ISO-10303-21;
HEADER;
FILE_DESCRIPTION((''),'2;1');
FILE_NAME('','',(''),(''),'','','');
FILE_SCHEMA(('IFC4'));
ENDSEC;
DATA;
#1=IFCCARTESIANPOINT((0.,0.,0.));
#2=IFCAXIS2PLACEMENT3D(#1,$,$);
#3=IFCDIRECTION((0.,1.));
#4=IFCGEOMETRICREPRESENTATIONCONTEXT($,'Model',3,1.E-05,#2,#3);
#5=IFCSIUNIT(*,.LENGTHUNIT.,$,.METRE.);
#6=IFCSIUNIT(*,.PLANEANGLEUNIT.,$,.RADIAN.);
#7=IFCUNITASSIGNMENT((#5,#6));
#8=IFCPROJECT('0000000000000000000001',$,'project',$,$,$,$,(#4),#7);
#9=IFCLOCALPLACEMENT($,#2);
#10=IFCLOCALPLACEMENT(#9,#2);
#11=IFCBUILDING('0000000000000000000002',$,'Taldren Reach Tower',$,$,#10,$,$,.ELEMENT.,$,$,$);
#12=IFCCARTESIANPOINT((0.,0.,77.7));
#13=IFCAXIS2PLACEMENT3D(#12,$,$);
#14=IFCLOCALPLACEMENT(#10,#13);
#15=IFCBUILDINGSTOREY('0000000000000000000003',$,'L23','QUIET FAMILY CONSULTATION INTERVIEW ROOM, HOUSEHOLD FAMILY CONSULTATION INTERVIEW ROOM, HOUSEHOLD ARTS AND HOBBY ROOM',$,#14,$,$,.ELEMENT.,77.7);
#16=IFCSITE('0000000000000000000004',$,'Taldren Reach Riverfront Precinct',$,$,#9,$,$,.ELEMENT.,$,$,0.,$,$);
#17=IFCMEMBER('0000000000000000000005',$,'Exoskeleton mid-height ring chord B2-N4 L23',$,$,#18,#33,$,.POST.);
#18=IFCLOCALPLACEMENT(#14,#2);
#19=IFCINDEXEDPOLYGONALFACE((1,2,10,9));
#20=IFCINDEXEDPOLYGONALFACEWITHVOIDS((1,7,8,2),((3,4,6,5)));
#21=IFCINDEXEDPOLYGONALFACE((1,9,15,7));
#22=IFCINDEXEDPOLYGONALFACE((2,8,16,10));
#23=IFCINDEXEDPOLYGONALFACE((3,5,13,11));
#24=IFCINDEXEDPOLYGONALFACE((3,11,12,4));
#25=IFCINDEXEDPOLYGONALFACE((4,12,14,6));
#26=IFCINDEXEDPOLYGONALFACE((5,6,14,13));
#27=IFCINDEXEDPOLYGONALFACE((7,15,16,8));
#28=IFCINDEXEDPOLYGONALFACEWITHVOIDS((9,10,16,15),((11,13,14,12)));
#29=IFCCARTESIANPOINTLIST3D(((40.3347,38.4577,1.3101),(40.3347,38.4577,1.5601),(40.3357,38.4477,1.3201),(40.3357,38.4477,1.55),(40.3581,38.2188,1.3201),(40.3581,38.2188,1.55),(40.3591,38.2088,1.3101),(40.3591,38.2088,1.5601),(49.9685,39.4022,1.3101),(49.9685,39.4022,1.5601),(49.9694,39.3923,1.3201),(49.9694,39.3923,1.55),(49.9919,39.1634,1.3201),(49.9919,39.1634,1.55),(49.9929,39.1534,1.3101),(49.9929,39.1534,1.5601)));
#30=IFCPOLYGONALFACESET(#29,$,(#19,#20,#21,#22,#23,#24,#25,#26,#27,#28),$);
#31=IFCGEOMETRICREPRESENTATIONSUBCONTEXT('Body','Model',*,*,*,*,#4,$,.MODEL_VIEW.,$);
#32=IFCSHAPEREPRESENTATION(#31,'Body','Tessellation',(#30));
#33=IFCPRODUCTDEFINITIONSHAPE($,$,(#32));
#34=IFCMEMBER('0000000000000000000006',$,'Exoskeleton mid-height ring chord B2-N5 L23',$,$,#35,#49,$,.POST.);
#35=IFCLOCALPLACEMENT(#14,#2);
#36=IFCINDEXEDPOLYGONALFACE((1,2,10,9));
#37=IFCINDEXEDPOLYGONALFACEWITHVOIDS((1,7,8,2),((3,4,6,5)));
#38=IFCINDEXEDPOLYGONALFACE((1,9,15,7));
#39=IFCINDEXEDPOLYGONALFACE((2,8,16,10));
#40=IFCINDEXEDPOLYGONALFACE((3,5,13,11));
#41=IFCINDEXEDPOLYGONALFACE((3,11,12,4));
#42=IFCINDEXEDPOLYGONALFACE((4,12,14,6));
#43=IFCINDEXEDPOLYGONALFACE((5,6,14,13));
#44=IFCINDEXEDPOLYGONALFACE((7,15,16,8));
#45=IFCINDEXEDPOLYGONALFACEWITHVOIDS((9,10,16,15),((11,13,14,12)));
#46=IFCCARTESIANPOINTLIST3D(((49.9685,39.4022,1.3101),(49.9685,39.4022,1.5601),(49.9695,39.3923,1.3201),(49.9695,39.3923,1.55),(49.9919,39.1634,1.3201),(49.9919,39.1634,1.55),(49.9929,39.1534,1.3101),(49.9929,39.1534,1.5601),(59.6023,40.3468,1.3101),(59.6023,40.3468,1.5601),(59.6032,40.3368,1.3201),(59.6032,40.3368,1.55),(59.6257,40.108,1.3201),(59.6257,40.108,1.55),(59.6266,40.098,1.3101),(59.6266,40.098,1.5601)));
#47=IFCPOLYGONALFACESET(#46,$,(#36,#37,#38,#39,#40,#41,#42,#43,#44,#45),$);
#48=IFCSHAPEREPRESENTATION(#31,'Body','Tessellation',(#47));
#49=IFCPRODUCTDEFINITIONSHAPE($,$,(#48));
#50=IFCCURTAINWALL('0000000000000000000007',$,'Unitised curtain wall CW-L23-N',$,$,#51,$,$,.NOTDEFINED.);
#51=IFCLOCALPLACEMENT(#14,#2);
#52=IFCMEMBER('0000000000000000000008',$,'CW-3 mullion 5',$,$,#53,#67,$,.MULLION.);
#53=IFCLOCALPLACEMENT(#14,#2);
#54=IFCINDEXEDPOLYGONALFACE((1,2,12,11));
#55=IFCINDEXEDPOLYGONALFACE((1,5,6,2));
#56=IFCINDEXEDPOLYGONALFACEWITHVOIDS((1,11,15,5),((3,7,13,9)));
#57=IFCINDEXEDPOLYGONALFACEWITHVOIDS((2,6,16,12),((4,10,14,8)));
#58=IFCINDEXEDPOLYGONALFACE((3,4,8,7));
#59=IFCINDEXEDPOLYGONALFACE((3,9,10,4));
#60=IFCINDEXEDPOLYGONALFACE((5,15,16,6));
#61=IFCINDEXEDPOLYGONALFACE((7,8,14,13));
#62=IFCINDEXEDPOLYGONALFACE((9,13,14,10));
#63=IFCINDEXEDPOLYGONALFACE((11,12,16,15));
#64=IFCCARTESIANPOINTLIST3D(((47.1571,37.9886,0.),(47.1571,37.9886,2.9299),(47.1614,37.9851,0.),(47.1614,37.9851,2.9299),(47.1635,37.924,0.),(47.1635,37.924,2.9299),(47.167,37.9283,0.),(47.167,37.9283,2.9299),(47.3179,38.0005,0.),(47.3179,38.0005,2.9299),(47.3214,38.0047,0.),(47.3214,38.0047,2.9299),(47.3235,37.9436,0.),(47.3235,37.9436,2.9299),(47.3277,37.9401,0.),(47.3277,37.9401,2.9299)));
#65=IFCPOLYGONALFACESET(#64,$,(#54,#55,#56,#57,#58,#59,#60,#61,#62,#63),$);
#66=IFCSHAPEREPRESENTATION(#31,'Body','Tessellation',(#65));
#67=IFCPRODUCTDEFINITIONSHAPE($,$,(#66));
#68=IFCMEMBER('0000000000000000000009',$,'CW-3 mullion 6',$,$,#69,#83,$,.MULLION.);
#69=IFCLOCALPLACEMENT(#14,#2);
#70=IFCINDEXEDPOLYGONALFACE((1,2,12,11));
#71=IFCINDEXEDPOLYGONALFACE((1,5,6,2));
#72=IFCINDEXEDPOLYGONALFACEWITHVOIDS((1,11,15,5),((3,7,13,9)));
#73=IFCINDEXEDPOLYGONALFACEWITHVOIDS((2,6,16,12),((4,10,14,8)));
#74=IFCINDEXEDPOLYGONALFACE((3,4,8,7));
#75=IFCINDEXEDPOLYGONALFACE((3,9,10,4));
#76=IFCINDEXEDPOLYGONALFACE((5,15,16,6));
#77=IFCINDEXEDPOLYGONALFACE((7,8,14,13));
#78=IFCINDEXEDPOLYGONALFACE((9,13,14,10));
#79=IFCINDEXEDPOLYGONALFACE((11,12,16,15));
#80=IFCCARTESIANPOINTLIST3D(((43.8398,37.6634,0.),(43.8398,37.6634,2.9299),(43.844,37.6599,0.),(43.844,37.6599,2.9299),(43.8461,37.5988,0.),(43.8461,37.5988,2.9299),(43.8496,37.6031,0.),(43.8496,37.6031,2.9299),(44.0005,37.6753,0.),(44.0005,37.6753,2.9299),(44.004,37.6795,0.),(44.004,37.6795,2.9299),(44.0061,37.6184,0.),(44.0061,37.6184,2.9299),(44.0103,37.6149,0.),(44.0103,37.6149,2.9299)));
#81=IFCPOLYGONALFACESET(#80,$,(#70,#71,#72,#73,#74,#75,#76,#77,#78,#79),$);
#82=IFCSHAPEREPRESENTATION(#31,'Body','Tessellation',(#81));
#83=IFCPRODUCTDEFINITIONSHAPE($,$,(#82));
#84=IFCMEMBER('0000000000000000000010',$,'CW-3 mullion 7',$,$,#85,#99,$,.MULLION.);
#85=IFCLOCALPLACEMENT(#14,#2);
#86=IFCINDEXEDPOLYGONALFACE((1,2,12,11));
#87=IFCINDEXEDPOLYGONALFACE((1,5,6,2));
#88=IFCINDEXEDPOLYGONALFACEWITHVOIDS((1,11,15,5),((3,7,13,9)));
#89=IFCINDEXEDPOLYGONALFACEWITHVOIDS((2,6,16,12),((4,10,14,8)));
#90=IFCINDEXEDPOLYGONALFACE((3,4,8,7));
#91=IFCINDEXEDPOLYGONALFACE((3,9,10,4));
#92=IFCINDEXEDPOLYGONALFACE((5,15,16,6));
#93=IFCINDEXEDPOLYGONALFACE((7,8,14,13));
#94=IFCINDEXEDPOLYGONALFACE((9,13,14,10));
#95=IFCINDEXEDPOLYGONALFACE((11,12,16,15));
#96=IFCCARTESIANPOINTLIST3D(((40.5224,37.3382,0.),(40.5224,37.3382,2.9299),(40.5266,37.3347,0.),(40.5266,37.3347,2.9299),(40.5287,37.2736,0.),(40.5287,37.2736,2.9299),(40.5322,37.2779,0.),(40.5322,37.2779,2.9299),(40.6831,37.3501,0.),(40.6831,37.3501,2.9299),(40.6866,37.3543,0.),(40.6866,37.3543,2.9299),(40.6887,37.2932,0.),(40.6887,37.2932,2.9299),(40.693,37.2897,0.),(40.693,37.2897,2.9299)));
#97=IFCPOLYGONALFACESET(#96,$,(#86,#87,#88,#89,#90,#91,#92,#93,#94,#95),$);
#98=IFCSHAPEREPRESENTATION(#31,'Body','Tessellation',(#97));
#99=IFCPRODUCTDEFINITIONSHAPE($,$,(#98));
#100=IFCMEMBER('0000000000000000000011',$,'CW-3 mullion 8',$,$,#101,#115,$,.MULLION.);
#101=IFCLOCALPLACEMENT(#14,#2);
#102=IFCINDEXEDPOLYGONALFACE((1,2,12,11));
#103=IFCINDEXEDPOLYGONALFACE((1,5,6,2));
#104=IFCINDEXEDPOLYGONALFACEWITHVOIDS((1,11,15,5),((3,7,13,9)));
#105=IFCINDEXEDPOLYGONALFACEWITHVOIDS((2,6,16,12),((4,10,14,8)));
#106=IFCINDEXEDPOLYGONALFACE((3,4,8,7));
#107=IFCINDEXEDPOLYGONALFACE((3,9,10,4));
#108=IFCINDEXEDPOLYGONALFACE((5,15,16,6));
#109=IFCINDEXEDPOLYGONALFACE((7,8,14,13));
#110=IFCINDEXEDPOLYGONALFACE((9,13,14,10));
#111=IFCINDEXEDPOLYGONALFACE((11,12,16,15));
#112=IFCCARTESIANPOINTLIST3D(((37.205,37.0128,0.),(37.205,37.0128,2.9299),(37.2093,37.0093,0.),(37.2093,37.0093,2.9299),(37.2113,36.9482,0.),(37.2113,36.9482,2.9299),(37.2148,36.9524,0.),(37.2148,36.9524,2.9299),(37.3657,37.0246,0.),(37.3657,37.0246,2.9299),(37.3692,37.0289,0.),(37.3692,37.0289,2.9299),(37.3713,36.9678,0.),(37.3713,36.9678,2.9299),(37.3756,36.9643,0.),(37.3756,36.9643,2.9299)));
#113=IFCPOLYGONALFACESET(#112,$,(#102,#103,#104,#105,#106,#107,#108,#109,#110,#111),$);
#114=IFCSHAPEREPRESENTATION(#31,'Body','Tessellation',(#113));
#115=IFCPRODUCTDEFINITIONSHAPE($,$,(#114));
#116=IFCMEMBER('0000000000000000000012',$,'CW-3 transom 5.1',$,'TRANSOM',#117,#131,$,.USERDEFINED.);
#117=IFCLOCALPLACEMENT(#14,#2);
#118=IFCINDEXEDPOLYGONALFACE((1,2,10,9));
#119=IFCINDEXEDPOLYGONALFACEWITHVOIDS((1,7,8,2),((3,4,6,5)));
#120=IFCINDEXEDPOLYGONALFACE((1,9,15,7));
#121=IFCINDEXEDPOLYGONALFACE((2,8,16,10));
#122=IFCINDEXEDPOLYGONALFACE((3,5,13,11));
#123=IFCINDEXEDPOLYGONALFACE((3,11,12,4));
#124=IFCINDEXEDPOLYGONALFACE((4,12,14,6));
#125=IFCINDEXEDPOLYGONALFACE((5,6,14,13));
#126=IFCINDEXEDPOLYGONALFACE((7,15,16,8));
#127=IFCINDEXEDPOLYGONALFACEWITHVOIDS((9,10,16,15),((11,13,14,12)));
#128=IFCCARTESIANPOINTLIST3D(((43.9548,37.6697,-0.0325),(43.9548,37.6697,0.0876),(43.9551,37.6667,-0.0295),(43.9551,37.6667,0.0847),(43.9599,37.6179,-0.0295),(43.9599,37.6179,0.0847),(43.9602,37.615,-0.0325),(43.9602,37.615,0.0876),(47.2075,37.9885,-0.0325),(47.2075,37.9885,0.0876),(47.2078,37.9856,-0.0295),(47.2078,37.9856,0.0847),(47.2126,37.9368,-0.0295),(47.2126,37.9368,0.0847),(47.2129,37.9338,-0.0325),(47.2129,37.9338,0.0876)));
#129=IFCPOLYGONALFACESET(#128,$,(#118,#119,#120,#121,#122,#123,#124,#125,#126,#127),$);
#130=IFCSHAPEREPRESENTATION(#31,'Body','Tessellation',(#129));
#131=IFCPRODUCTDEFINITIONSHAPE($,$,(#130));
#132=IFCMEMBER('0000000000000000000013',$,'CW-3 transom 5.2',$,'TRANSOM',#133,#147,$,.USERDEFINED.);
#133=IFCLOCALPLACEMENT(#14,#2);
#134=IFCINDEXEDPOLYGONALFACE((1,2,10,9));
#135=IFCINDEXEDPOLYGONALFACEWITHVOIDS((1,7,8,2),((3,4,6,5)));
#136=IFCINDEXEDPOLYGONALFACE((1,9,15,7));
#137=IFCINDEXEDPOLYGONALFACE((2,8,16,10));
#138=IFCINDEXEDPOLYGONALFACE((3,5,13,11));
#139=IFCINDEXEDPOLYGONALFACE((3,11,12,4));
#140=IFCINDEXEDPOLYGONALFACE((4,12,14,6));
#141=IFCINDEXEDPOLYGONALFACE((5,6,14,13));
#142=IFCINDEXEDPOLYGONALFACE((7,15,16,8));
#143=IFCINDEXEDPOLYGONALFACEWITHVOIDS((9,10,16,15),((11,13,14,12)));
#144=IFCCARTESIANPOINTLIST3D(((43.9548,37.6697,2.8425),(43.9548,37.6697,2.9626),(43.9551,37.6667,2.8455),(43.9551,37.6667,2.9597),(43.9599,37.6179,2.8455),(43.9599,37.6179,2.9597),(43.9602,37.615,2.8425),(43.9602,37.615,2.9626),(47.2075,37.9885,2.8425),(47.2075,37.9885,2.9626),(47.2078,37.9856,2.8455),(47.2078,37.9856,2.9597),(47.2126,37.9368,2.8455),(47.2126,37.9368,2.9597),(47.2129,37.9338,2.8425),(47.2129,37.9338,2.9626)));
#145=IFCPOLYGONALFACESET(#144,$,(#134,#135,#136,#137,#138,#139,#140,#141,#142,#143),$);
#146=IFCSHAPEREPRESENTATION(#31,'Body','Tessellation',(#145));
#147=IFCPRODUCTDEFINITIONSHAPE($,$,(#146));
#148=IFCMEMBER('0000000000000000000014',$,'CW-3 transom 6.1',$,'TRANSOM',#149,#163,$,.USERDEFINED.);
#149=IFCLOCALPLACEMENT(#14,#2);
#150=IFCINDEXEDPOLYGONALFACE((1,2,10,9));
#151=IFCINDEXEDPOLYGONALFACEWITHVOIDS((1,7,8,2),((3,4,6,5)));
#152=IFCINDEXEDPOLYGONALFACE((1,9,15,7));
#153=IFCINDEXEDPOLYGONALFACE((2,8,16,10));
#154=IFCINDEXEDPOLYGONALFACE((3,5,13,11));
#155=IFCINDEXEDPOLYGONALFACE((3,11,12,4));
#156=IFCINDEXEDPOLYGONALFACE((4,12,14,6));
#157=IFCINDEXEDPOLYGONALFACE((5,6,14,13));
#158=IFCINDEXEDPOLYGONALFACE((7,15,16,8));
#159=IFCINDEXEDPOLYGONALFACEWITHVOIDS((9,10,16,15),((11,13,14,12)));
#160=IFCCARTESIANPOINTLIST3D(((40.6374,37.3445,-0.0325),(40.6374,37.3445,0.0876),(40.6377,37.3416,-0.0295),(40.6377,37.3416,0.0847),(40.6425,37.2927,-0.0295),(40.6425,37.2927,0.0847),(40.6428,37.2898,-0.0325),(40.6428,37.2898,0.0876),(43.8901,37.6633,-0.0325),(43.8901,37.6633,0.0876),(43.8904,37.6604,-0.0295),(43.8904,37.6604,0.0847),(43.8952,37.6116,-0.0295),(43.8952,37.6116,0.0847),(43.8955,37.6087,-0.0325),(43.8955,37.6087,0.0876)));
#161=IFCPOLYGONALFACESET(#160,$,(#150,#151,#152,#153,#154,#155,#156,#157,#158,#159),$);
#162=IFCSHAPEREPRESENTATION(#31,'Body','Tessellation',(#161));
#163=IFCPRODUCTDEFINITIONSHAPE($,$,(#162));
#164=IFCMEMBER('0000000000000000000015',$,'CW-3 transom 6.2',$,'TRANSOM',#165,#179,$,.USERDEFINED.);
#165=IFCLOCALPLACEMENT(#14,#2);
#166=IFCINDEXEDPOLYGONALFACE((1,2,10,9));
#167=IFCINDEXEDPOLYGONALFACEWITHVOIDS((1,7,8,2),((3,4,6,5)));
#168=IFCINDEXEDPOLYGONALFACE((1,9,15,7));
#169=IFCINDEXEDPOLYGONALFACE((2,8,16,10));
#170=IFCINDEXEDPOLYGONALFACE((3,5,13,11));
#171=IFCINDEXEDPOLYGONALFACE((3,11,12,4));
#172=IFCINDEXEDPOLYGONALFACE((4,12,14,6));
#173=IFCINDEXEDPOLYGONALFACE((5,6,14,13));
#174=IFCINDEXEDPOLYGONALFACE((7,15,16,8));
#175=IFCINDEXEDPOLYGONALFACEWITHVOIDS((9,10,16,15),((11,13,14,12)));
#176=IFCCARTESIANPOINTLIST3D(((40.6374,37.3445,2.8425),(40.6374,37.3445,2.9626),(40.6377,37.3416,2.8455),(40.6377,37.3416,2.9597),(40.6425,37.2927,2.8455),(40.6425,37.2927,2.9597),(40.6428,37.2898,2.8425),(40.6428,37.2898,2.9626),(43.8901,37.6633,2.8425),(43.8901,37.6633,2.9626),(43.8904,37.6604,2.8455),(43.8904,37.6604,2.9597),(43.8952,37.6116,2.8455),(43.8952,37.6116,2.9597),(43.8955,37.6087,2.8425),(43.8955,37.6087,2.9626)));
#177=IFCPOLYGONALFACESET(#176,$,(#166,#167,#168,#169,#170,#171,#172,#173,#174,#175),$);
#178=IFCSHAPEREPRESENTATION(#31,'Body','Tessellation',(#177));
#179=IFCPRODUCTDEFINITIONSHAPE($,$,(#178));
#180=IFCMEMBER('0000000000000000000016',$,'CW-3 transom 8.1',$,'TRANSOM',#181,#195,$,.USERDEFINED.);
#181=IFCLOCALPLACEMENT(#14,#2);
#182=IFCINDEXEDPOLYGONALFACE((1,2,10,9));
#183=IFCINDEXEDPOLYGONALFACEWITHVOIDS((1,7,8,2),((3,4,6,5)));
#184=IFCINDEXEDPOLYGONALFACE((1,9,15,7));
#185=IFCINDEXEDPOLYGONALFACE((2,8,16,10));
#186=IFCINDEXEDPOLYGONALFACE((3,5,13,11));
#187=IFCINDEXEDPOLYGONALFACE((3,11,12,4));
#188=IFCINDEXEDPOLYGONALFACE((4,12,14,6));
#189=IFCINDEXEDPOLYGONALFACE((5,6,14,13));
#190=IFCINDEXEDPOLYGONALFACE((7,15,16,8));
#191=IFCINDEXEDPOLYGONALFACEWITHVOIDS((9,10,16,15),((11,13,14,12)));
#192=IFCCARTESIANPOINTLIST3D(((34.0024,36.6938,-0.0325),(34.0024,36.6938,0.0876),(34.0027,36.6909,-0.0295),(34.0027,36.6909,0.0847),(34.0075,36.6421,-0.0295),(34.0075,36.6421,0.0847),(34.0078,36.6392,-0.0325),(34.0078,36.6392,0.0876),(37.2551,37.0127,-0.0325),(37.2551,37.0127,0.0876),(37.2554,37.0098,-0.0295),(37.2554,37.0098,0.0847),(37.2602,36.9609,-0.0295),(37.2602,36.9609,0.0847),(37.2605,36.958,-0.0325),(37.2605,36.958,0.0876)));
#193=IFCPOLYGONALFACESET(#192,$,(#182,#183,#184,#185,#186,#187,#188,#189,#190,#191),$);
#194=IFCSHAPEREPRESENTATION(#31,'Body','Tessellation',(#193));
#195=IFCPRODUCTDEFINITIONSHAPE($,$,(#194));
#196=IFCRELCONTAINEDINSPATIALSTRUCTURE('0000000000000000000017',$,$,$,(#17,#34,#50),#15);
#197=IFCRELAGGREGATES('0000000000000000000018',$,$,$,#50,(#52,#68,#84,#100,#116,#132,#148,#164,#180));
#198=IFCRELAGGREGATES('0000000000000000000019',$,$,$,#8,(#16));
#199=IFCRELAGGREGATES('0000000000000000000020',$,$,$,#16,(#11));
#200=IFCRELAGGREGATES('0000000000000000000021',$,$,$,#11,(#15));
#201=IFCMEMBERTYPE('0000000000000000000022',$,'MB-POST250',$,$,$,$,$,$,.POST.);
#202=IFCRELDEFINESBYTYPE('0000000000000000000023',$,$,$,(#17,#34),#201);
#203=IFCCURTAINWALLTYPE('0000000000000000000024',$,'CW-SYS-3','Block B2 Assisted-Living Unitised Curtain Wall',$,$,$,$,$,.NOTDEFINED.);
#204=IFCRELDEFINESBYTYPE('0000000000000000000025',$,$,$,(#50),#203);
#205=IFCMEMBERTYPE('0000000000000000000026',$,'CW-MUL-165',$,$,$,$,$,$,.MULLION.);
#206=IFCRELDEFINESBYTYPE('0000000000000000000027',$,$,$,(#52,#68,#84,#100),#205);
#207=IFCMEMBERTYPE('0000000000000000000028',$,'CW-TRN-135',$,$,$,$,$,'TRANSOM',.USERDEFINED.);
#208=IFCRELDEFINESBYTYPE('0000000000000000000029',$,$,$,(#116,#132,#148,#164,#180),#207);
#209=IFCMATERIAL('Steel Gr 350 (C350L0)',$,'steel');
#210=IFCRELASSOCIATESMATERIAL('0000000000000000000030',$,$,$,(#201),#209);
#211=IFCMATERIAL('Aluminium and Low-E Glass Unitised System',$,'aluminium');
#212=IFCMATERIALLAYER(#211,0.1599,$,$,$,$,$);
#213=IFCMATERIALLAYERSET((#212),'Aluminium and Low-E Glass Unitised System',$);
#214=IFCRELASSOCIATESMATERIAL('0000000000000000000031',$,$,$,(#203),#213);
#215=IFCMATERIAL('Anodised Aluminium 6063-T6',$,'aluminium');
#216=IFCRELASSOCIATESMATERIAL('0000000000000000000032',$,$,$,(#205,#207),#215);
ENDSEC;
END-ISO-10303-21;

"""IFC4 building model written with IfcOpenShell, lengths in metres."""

from ifc_helpers import new_model, si_unit, direction, frame, origin, origin_2d, place, context, subcontext, project, spatial, hollow_rectangle, extrude, source, transform, mapped, material, layer, layer_set, material_profile, profile_set, type_object, element, aggregate, save


model = new_model("IFC4")

# Units and contexts
model_context = context("Model", 3, precision=1e-05, world=origin(), true_north=direction((0.0, 1.0)))
body_context = subcontext(model_context, "Body", "Model", "MODEL_VIEW")
ifc_project = project(units=[si_unit("LENGTHUNIT", "METRE"), si_unit("PLANEANGLEUNIT", "RADIAN")], contexts=[model_context])

# Site, building, storey
site_placement = place(None, origin())
site = spatial("IfcSite", under=ifc_project, at=site_placement, Name="Taldren Reach Riverfront Precinct", CompositionType="ELEMENT", RefElevation=0.0)
building_placement = place(site_placement, origin())
building = spatial("IfcBuilding", under=site, at=building_placement, Name="Taldren Reach Tower", CompositionType="ELEMENT")
storey_placement = place(building_placement, frame((0.0, 0.0, 77.7)))
storey = spatial("IfcBuildingStorey", under=building, at=storey_placement, Name="L23", Description="QUIET FAMILY CONSULTATION INTERVIEW ROOM, HOUSEHOLD FAMILY CONSULTATION INTERVIEW ROOM, HOUSEHOLD ARTS AND HOBBY ROOM", CompositionType="ELEMENT", Elevation=77.7)

# Shared definitions
ifc_material_1 = material(Name="Steel Gr 350 (C350L0)", Category="steel")
ifc_material_profile_1 = material_profile(ifc_material_1, hollow_rectangle(XDim=0.25, YDim=0.25, WallThickness=0.01, at=origin_2d()), Name="250x250x10.0SHS")
ifc_profile_set_1 = profile_set([ifc_material_profile_1], Name="Steel Gr 350 (C350L0)")
member_type_1 = type_object("IfcMemberType", Name="MB-POST250", PredefinedType="POST", material=ifc_profile_set_1)

# Members
shared_shape_1 = source(origin(), body_context, "Body", "SweptSolid", [
    extrude(hollow_rectangle(XDim=0.25, YDim=0.25, WallThickness=0.01, at=origin_2d()), origin(), (0.0, 0.0, 1.0), 9.6799),
])
for number, where, z_axis, x_axis, name in (
    (1, (40.3469, 38.3333, 1.4351), (0.995228, 0.097581, 0.0), (-0.097581, 0.995228, 0.0), "Exoskeleton mid-height ring chord B2-N4 L23"),
    (2, (49.9807, 39.2778, 1.4351), (0.995228, 0.097581, 0.0), (-0.097581, 0.995228, 0.0), "Exoskeleton mid-height ring chord B2-N5 L23"),
):
    element("IfcMember", number, at=place(storey_placement, frame(where, z_axis=z_axis, x_axis=x_axis)), inside=storey, type_object=member_type_1, Name=name, PredefinedType="POST", context=body_context, shape_type="MappedRepresentation", body=[
        mapped(shared_shape_1, transform((0.0, 0.0, 0.0), scale=1.0)),
    ])

# Curtain wall, members
ifc_material_2 = material(Name="Aluminium and Low-E Glass Unitised System", Category="aluminium")
ifc_layer_1 = layer(ifc_material_2, 0.1599)
ifc_layer_set_1 = layer_set([ifc_layer_1], Name="Aluminium and Low-E Glass Unitised System")
curtain_wall_type = type_object("IfcCurtainWallType", Name="CW-SYS-3", Description="Block B2 Assisted-Living Unitised Curtain Wall", PredefinedType="NOTDEFINED", material=ifc_layer_set_1)
curtain_wall_placement = place(storey_placement, origin())
curtain_wall = element("IfcCurtainWall", 3, at=curtain_wall_placement, inside=storey, type_object=curtain_wall_type, Name="Unitised curtain wall CW-L23-N", PredefinedType="NOTDEFINED")
ifc_material_3 = material(Name="Anodised Aluminium 6063-T6", Category="aluminium")
ifc_material_profile_2 = material_profile(ifc_material_3, hollow_rectangle(XDim=0.0649, YDim=0.165, WallThickness=0.0039, at=origin_2d()), Name="ALU-165x65x4RHS")
ifc_profile_set_2 = profile_set([ifc_material_profile_2], Name="Anodised Aluminium 6063-T6")
member_type_2 = type_object("IfcMemberType", Name="CW-MUL-165", PredefinedType="MULLION", material=ifc_profile_set_2)
shared_shape_2 = source(origin(), body_context, "Body", "SweptSolid", [
    extrude(hollow_rectangle(XDim=0.0649, YDim=0.165, WallThickness=0.0039, at=origin_2d()), origin(), (0.0, 0.0, 1.0), 2.9299),
])
member_1_placement = place(storey_placement, frame((47.2424, 37.9644, 0.0), z_axis=(0.0, 0.0, 1.0), x_axis=(0.097583, -0.995227, 0.0)))
member_1 = element("IfcMember", 4, at=member_1_placement, type_object=member_type_2, Name="CW-3 mullion 5", PredefinedType="MULLION", context=body_context, shape_type="MappedRepresentation", body=[
    mapped(shared_shape_2, transform((0.0, 0.0, 0.0), scale=1.0)),
])
member_2_placement = place(storey_placement, frame((43.925, 37.6392, 0.0), z_axis=(0.0, 0.0, 1.0), x_axis=(0.097583, -0.995227, 0.0)))
member_2 = element("IfcMember", 5, at=member_2_placement, type_object=member_type_2, Name="CW-3 mullion 6", PredefinedType="MULLION", context=body_context, shape_type="MappedRepresentation", body=[
    mapped(shared_shape_2, transform((0.0, 0.0, 0.0), scale=1.0)),
])
member_3_placement = place(storey_placement, frame((40.6077, 37.314, 0.0), z_axis=(0.0, 0.0, 1.0), x_axis=(0.097583, -0.995227, 0.0)))
member_3 = element("IfcMember", 6, at=member_3_placement, type_object=member_type_2, Name="CW-3 mullion 7", PredefinedType="MULLION", context=body_context, shape_type="MappedRepresentation", body=[
    mapped(shared_shape_2, transform((0.0, 0.0, 0.0), scale=1.0)),
])
member_4_placement = place(storey_placement, frame((37.2903, 36.9885, 0.0), z_axis=(0.0, 0.0, 1.0), x_axis=(0.097583, -0.995227, 0.0)))
member_4 = element("IfcMember", 7, at=member_4_placement, type_object=member_type_2, Name="CW-3 mullion 8", PredefinedType="MULLION", context=body_context, shape_type="MappedRepresentation", body=[
    mapped(shared_shape_2, transform((0.0, 0.0, 0.0), scale=1.0)),
])
ifc_material_profile_3 = material_profile(ifc_material_3, hollow_rectangle(XDim=0.0549, YDim=0.1201, WallThickness=0.0029, at=origin_2d()), Name="ALU-120x55x3RHS")
ifc_profile_set_3 = profile_set([ifc_material_profile_3], Name="Anodised Aluminium 6063-T6")
member_type_3 = type_object("IfcMemberType", Name="CW-TRN-135", ElementType="TRANSOM", PredefinedType="USERDEFINED", material=ifc_profile_set_3)
shared_shape_3 = source(origin(), body_context, "Body", "SweptSolid", [
    extrude(hollow_rectangle(XDim=0.0549, YDim=0.1201, WallThickness=0.0029, at=origin_2d()), origin(), (0.0, 0.0, 1.0), 3.2683),
])
member_5_placement = place(storey_placement, frame((47.2102, 37.9612, 0.0276), z_axis=(-0.99523, -0.097558, 0.0), x_axis=(0.097558, -0.99523, 0.0)))
member_5 = element("IfcMember", 8, at=member_5_placement, type_object=member_type_3, Name="CW-3 transom 5.1", ObjectType="TRANSOM", PredefinedType="USERDEFINED", context=body_context, shape_type="MappedRepresentation", body=[
    mapped(shared_shape_3, transform((0.0, 0.0, 0.0), scale=1.0)),
])
member_6_placement = place(storey_placement, frame((47.2102, 37.9612, 2.9026), z_axis=(-0.99523, -0.097558, 0.0), x_axis=(0.097558, -0.99523, 0.0)))
member_6 = element("IfcMember", 9, at=member_6_placement, type_object=member_type_3, Name="CW-3 transom 5.2", ObjectType="TRANSOM", PredefinedType="USERDEFINED", context=body_context, shape_type="MappedRepresentation", body=[
    mapped(shared_shape_3, transform((0.0, 0.0, 0.0), scale=1.0)),
])
member_7_placement = place(storey_placement, frame((43.8928, 37.636, 0.0276), z_axis=(-0.99523, -0.097558, 0.0), x_axis=(0.097558, -0.99523, 0.0)))
member_7 = element("IfcMember", 10, at=member_7_placement, type_object=member_type_3, Name="CW-3 transom 6.1", ObjectType="TRANSOM", PredefinedType="USERDEFINED", context=body_context, shape_type="MappedRepresentation", body=[
    mapped(shared_shape_3, transform((0.0, 0.0, 0.0), scale=1.0)),
])
member_8_placement = place(storey_placement, frame((43.8928, 37.636, 2.9026), z_axis=(-0.99523, -0.097558, 0.0), x_axis=(0.097558, -0.99523, 0.0)))
member_8 = element("IfcMember", 11, at=member_8_placement, type_object=member_type_3, Name="CW-3 transom 6.2", ObjectType="TRANSOM", PredefinedType="USERDEFINED", context=body_context, shape_type="MappedRepresentation", body=[
    mapped(shared_shape_3, transform((0.0, 0.0, 0.0), scale=1.0)),
])
member_9_placement = place(storey_placement, frame((37.2578, 36.9854, 0.0276), z_axis=(-0.99523, -0.097558, 0.0), x_axis=(0.097558, -0.99523, 0.0)))
member_9 = element("IfcMember", 12, at=member_9_placement, type_object=member_type_3, Name="CW-3 transom 8.1", ObjectType="TRANSOM", PredefinedType="USERDEFINED", context=body_context, shape_type="MappedRepresentation", body=[
    mapped(shared_shape_3, transform((0.0, 0.0, 0.0), scale=1.0)),
])

aggregate(curtain_wall, [member_1, member_2, member_3, member_4, member_5, member_6, member_7, member_8, member_9])

save(model, "model.ifc")
